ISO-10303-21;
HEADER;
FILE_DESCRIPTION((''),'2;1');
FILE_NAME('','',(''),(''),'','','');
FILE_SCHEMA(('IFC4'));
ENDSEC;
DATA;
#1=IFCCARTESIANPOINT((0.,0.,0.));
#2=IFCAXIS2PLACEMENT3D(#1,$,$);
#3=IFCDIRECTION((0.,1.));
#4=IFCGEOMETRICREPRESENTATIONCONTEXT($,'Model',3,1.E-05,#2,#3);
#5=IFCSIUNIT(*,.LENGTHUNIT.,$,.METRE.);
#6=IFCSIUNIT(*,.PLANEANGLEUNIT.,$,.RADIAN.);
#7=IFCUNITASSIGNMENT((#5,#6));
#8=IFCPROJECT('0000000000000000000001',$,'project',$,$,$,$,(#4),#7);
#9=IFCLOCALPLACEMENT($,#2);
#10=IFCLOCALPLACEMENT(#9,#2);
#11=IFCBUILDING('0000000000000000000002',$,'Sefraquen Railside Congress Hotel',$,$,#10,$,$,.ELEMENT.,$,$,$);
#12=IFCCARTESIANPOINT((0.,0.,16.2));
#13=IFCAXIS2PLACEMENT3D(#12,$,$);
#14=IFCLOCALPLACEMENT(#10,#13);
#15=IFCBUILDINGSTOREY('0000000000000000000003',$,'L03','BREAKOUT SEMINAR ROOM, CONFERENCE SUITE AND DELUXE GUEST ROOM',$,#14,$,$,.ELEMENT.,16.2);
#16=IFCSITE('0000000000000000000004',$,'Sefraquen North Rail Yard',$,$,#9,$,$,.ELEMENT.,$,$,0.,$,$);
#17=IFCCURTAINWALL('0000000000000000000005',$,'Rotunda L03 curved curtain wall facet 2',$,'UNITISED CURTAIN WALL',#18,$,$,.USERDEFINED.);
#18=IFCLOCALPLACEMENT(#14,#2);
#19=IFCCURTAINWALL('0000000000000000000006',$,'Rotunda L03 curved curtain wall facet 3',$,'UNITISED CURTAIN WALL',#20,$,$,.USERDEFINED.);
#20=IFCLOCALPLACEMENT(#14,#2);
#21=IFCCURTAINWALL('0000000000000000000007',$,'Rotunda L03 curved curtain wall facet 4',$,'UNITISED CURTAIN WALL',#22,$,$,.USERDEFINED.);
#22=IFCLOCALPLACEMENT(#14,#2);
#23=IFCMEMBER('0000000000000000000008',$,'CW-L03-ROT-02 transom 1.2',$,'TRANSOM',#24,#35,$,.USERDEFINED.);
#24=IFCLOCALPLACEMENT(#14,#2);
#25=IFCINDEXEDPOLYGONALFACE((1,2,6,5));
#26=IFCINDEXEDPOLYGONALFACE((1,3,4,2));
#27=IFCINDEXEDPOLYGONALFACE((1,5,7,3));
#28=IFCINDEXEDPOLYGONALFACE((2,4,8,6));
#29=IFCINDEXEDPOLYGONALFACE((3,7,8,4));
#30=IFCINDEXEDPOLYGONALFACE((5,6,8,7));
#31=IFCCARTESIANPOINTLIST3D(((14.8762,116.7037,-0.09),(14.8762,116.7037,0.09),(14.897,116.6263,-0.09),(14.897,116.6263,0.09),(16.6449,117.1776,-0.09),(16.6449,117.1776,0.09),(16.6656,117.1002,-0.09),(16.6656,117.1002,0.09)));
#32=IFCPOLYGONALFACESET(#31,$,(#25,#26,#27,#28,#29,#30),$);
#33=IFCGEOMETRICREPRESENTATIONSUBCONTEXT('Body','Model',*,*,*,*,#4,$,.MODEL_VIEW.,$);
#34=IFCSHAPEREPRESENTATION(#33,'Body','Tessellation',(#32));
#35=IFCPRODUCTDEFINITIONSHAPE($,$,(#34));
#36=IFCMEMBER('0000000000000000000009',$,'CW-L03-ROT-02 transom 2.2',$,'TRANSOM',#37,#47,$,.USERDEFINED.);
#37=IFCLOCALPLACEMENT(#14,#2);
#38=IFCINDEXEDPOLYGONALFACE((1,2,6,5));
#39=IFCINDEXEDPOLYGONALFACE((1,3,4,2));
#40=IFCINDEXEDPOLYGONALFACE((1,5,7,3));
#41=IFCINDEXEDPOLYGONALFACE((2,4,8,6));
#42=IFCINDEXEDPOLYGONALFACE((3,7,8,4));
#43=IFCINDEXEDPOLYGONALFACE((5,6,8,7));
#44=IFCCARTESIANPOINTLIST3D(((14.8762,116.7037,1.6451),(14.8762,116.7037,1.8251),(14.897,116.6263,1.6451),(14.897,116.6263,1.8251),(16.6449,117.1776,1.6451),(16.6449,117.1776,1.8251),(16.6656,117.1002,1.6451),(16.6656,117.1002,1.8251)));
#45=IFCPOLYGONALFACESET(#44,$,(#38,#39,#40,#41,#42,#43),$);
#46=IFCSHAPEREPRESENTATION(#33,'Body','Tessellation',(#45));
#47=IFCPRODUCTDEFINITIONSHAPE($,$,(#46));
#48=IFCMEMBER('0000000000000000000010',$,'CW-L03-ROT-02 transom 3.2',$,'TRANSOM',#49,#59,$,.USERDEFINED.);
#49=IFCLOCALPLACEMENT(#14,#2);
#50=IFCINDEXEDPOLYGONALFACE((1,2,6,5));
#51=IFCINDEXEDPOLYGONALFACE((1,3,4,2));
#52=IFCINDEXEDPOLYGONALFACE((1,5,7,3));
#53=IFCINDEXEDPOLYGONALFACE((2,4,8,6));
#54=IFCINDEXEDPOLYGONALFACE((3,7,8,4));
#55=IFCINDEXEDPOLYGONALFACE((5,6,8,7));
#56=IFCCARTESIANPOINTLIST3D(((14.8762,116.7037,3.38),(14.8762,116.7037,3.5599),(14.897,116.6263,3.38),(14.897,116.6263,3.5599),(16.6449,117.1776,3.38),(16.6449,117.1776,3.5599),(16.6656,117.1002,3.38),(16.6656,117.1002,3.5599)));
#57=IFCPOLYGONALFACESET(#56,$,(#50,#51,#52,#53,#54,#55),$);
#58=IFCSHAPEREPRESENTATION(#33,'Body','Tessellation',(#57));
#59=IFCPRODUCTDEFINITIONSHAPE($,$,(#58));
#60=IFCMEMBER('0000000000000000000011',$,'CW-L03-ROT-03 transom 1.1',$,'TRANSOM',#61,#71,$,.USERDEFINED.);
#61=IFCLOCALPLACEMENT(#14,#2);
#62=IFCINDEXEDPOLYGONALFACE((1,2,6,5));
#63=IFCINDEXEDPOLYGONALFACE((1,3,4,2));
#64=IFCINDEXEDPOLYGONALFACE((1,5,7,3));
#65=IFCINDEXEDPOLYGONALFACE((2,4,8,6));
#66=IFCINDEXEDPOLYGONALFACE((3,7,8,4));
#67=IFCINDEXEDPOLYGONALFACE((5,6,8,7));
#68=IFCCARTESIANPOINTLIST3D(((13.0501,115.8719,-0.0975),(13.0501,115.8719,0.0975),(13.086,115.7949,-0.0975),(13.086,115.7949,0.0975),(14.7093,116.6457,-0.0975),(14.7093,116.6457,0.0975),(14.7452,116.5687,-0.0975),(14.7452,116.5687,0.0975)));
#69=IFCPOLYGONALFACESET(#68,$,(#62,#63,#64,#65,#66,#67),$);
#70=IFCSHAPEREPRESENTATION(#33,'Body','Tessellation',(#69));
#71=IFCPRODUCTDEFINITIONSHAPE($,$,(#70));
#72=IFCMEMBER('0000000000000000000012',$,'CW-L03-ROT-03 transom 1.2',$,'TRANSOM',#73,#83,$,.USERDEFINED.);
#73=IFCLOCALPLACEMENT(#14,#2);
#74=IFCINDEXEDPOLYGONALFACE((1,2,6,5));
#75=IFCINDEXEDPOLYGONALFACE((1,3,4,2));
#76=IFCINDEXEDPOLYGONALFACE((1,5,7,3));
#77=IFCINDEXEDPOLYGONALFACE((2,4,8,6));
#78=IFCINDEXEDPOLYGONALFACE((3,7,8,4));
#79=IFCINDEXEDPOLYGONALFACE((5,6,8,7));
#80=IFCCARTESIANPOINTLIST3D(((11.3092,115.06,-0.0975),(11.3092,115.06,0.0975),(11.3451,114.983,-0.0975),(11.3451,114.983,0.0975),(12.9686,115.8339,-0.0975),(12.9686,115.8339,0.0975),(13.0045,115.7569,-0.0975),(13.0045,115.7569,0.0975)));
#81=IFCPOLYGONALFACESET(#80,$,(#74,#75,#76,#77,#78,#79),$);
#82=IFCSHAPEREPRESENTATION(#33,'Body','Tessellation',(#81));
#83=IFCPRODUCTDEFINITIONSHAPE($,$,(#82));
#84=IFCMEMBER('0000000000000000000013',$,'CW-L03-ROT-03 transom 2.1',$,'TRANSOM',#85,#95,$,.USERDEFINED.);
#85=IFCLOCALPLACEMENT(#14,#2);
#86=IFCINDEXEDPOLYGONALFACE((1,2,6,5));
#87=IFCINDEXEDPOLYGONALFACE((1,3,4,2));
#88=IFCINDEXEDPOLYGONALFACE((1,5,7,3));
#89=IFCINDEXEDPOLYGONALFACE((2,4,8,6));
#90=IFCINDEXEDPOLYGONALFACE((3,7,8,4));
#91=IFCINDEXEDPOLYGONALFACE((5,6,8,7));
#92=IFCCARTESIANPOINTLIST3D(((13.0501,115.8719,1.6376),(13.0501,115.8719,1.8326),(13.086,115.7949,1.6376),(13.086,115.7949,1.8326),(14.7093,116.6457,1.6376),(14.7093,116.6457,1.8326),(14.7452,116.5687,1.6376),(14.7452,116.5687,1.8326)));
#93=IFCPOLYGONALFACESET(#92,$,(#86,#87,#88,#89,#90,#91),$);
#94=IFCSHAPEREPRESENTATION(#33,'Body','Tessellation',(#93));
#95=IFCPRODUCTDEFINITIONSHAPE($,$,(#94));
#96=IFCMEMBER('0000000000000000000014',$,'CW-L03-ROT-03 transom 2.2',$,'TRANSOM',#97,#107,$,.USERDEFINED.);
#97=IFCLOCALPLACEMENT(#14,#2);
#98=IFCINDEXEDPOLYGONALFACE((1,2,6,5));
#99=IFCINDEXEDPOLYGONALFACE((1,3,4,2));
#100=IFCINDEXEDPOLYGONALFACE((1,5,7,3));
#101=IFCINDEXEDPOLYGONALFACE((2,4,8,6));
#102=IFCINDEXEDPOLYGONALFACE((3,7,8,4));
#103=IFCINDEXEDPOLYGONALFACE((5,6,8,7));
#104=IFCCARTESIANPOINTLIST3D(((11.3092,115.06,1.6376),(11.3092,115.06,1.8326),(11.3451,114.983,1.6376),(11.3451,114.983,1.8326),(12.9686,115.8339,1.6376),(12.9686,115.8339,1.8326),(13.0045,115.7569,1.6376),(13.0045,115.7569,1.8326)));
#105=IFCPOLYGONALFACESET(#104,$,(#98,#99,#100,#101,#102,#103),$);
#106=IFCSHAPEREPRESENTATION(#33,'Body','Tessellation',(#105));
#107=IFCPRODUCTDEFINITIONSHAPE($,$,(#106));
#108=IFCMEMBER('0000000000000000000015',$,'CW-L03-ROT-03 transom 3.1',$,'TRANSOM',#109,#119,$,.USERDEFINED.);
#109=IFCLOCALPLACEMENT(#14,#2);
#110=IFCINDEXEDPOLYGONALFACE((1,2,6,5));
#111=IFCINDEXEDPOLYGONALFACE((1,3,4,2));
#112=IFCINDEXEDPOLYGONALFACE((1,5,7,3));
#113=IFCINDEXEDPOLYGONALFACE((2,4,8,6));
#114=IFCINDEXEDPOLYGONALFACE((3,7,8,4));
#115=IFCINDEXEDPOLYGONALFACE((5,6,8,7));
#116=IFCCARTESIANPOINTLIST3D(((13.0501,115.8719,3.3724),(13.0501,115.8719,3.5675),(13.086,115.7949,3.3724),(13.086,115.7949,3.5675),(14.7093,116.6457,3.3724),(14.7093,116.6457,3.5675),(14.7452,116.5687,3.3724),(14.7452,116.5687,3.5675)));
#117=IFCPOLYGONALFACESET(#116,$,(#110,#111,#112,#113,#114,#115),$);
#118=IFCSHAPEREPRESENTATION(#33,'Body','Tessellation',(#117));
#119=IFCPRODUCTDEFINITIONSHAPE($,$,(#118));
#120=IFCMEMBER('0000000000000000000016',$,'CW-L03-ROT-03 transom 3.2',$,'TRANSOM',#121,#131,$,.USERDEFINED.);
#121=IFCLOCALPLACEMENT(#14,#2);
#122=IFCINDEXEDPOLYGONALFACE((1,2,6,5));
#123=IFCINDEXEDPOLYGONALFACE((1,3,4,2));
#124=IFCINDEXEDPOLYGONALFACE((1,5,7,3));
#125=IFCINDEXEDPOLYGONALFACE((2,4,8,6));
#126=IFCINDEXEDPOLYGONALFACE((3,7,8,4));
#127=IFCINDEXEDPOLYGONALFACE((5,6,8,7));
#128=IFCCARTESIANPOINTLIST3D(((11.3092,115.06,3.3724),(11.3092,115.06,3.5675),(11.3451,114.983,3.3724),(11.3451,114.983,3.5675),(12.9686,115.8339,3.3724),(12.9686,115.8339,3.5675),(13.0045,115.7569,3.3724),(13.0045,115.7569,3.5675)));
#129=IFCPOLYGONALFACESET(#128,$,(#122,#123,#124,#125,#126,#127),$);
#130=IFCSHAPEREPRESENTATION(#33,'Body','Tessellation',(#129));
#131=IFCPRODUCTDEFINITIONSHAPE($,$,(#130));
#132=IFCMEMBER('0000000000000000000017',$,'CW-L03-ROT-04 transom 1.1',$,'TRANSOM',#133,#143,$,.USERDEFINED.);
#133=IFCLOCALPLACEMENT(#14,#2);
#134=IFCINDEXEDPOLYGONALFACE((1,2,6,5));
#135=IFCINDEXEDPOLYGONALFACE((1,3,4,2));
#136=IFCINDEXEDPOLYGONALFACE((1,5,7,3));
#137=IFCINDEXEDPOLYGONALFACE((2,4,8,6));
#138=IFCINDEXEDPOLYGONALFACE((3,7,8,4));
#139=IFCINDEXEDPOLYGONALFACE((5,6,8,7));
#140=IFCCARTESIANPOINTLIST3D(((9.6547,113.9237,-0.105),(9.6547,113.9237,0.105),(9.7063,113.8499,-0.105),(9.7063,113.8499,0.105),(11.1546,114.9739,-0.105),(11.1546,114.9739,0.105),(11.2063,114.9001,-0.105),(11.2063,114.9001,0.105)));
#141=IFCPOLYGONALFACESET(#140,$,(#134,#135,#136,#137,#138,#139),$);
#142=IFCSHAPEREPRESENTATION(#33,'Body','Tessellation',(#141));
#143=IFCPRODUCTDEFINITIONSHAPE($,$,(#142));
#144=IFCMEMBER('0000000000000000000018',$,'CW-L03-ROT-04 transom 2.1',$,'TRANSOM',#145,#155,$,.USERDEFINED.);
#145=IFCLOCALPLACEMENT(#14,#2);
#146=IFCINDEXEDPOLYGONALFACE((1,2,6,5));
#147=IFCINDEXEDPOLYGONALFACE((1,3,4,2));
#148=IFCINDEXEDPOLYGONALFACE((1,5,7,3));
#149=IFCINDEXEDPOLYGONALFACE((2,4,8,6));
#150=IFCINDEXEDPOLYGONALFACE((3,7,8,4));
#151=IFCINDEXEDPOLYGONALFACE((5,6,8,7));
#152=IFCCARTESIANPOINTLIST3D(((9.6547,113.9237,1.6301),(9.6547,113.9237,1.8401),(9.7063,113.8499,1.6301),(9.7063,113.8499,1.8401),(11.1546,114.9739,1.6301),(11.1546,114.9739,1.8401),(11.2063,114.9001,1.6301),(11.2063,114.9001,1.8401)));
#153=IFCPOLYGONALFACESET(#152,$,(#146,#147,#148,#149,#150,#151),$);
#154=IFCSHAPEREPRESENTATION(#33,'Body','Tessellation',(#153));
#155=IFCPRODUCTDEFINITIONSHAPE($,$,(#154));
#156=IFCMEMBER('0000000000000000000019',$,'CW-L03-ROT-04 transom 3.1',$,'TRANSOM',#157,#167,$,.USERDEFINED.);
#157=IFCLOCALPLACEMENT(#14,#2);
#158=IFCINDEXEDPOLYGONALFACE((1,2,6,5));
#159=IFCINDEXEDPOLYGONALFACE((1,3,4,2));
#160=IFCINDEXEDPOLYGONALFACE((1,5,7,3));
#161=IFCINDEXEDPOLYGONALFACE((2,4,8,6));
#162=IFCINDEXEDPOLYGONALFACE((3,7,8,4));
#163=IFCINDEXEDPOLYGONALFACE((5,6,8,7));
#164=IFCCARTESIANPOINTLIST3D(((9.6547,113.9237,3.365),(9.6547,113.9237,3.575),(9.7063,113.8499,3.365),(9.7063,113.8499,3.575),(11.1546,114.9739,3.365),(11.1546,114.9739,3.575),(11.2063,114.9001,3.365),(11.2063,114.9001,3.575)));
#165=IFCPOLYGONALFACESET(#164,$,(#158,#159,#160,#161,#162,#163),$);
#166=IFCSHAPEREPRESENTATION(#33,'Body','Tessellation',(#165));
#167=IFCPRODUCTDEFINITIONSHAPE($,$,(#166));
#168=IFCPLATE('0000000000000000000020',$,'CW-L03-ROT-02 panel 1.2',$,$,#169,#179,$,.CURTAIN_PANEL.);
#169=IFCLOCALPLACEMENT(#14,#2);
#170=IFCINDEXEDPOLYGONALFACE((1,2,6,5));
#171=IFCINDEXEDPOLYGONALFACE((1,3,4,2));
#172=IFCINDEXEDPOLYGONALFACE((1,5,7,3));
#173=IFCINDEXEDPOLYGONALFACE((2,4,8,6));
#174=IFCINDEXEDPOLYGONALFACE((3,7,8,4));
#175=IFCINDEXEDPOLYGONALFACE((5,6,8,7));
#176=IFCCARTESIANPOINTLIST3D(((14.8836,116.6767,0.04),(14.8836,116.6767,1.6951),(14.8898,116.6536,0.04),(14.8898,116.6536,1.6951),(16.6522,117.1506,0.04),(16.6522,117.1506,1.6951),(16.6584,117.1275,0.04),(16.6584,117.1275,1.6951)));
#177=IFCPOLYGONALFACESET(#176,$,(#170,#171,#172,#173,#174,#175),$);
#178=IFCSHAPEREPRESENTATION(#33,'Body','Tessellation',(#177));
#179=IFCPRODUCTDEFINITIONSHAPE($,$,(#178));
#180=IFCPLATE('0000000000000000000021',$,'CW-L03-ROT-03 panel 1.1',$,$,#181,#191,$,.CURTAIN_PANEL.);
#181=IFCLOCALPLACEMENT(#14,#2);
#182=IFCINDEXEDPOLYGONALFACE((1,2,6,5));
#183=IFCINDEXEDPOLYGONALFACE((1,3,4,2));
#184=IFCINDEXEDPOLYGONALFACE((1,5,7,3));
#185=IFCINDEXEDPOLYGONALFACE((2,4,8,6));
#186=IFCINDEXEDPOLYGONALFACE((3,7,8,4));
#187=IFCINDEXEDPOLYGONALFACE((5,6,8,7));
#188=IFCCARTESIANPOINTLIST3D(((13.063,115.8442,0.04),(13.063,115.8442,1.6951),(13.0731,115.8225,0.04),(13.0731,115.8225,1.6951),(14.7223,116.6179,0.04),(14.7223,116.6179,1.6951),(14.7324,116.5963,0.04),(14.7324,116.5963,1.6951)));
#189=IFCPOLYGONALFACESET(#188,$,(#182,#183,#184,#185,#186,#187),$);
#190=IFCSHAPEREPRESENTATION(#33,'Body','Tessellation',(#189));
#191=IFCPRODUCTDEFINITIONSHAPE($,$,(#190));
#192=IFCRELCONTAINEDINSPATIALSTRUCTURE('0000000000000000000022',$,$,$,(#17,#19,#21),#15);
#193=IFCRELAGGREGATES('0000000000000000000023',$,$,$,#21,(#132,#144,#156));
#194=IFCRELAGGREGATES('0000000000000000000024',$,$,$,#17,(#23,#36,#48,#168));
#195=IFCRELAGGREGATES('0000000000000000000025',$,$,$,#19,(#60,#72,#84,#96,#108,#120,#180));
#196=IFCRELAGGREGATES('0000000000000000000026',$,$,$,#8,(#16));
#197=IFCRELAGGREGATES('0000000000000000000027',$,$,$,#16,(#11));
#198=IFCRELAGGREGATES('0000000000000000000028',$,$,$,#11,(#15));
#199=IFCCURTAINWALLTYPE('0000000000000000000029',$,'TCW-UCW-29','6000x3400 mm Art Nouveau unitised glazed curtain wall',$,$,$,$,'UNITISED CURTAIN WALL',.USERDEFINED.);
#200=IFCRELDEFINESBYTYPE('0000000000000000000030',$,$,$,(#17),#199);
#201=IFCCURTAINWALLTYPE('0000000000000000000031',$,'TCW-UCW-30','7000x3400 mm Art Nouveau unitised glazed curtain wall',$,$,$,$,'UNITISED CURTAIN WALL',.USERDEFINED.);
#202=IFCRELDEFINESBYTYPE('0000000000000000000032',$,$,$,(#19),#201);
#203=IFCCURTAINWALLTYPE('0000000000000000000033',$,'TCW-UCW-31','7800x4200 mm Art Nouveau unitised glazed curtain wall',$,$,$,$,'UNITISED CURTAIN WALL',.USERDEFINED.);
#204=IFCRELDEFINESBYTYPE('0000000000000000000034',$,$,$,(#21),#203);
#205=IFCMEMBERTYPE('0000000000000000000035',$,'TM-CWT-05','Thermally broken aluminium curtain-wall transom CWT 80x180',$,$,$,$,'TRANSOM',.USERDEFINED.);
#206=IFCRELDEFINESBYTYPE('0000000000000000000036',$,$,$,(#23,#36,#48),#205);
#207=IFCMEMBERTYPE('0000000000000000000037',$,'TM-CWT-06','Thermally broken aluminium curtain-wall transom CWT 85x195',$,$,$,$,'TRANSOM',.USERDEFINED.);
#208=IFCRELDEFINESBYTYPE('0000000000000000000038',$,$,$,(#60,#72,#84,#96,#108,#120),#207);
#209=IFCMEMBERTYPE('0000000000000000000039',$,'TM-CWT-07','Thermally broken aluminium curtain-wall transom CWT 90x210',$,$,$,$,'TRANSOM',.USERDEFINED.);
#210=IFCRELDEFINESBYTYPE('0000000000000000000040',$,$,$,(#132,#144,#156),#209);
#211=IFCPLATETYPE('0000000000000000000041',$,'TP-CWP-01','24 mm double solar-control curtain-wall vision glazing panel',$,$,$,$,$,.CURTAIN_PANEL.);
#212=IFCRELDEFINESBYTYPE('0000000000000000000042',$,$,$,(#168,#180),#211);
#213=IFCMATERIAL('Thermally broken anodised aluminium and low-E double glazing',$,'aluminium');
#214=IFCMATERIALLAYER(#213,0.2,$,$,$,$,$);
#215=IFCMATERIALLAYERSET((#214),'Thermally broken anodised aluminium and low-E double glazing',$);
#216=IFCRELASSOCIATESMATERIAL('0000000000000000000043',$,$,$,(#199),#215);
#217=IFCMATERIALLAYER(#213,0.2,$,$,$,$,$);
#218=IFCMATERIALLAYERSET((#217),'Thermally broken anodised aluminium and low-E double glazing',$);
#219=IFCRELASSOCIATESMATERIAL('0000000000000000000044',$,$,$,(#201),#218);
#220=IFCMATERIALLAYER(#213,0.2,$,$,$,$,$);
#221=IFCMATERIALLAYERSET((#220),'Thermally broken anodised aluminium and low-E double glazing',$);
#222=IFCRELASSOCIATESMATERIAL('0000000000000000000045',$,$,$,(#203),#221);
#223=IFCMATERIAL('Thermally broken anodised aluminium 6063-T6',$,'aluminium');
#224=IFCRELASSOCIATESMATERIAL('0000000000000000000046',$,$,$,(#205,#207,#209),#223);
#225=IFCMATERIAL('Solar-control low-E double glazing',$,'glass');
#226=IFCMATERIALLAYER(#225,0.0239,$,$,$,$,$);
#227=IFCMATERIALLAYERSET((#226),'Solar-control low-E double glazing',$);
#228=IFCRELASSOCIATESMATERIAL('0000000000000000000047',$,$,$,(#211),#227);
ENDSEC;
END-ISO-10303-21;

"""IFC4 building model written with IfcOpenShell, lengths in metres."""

from ifc_helpers import new_model, si_unit, direction, frame, origin, origin_2d, place, context, subcontext, project, spatial, rectangle, extrude, material, layer, layer_set, material_profile, profile_set, type_object, element, aggregate, save


model = new_model("IFC4")

# Units and contexts
model_context = context("Model", 3, precision=1e-05, world=origin(), true_north=direction((0.0, 1.0)))
body_context = subcontext(model_context, "Body", "Model", "MODEL_VIEW")
ifc_project = project(units=[si_unit("LENGTHUNIT", "METRE"), si_unit("PLANEANGLEUNIT", "RADIAN")], contexts=[model_context])

# Site, building, storey
site_placement = place(None, origin())
site = spatial("IfcSite", under=ifc_project, at=site_placement, Name="Sefraquen North Rail Yard", CompositionType="ELEMENT", RefElevation=0.0)
building_placement = place(site_placement, origin())
building = spatial("IfcBuilding", under=site, at=building_placement, Name="Sefraquen Railside Congress Hotel", CompositionType="ELEMENT")
storey_placement = place(building_placement, frame((0.0, 0.0, 16.2)))
storey = spatial("IfcBuildingStorey", under=building, at=storey_placement, Name="L03", Description="BREAKOUT SEMINAR ROOM, CONFERENCE SUITE AND DELUXE GUEST ROOM", CompositionType="ELEMENT", Elevation=16.2)

# Curtain walls
ifc_material_1 = material(Name="Thermally broken anodised aluminium and low-E double glazing", Category="aluminium")
ifc_layer_1 = layer(ifc_material_1, 0.2)
ifc_layer_set_1 = layer_set([ifc_layer_1], Name="Thermally broken anodised aluminium and low-E double glazing")
curtain_wall_type_1 = type_object("IfcCurtainWallType", Name="TCW-UCW-29", Description="6000x3400 mm Art Nouveau unitised glazed curtain wall", ElementType="UNITISED CURTAIN WALL", PredefinedType="USERDEFINED", material=ifc_layer_set_1)
curtain_wall_1_placement = place(storey_placement, origin())
curtain_wall_1 = element("IfcCurtainWall", 1, at=curtain_wall_1_placement, inside=storey, type_object=curtain_wall_type_1, Name="Rotunda L03 curved curtain wall facet 2", ObjectType="UNITISED CURTAIN WALL", PredefinedType="USERDEFINED")
ifc_material_2 = material(Name="Thermally broken anodised aluminium 6063-T6", Category="aluminium")
ifc_layer_2 = layer(ifc_material_1, 0.2)
ifc_layer_set_2 = layer_set([ifc_layer_2], Name="Thermally broken anodised aluminium and low-E double glazing")
curtain_wall_type_2 = type_object("IfcCurtainWallType", Name="TCW-UCW-30", Description="7000x3400 mm Art Nouveau unitised glazed curtain wall", ElementType="UNITISED CURTAIN WALL", PredefinedType="USERDEFINED", material=ifc_layer_set_2)
curtain_wall_2_placement = place(storey_placement, origin())
curtain_wall_2 = element("IfcCurtainWall", 2, at=curtain_wall_2_placement, inside=storey, type_object=curtain_wall_type_2, Name="Rotunda L03 curved curtain wall facet 3", ObjectType="UNITISED CURTAIN WALL", PredefinedType="USERDEFINED")

# Curtain wall
ifc_layer_3 = layer(ifc_material_1, 0.2)
ifc_layer_set_3 = layer_set([ifc_layer_3], Name="Thermally broken anodised aluminium and low-E double glazing")
curtain_wall_type_3 = type_object("IfcCurtainWallType", Name="TCW-UCW-31", Description="7800x4200 mm Art Nouveau unitised glazed curtain wall", ElementType="UNITISED CURTAIN WALL", PredefinedType="USERDEFINED", material=ifc_layer_set_3)
curtain_wall_3_placement = place(storey_placement, origin())
curtain_wall_3 = element("IfcCurtainWall", 3, at=curtain_wall_3_placement, inside=storey, type_object=curtain_wall_type_3, Name="Rotunda L03 curved curtain wall facet 4", ObjectType="UNITISED CURTAIN WALL", PredefinedType="USERDEFINED")

# Members
ifc_material_profile_1 = material_profile(ifc_material_2, rectangle(XDim=0.0801, YDim=0.1799, at=origin_2d()), Name="CWT 80x180")
ifc_profile_set_1 = profile_set([ifc_material_profile_1], Name="Thermally broken anodised aluminium 6063-T6")
member_type_1 = type_object("IfcMemberType", Name="TM-CWT-05", Description="Thermally broken aluminium curtain-wall transom CWT 80x180", ElementType="TRANSOM", PredefinedType="USERDEFINED", material=ifc_profile_set_1)
member_1_placement = place(storey_placement, frame((16.6553, 117.1389, 0.0), z_axis=(-0.965927, -0.258816, 0.0), x_axis=(0.258816, -0.965927, 0.0)))
member_1 = element("IfcMember", 4, at=member_1_placement, type_object=member_type_1, Name="CW-L03-ROT-02 transom 1.2", ObjectType="TRANSOM", PredefinedType="USERDEFINED", context=body_context, shape_type="SweptSolid", body=[
    extrude(rectangle(XDim=0.0801, YDim=0.1799, at=origin_2d()), origin(), (0.0, 0.0, 1.0), 1.8311),
])
member_2_placement = place(storey_placement, frame((16.6553, 117.1389, 1.7351), z_axis=(-0.965927, -0.258816, 0.0), x_axis=(0.258816, -0.965927, 0.0)))
member_2 = element("IfcMember", 5, at=member_2_placement, type_object=member_type_1, Name="CW-L03-ROT-02 transom 2.2", ObjectType="TRANSOM", PredefinedType="USERDEFINED", context=body_context, shape_type="SweptSolid", body=[
    extrude(rectangle(XDim=0.0801, YDim=0.1799, at=origin_2d()), origin(), (0.0, 0.0, 1.0), 1.8311),
])
member_3_placement = place(storey_placement, frame((16.6553, 117.1389, 3.47), z_axis=(-0.965927, -0.258816, 0.0), x_axis=(0.258816, -0.965927, 0.0)))
member_3 = element("IfcMember", 6, at=member_3_placement, type_object=member_type_1, Name="CW-L03-ROT-02 transom 3.2", ObjectType="TRANSOM", PredefinedType="USERDEFINED", context=body_context, shape_type="SweptSolid", body=[
    extrude(rectangle(XDim=0.0801, YDim=0.1799, at=origin_2d()), origin(), (0.0, 0.0, 1.0), 1.8311),
])
ifc_material_profile_2 = material_profile(ifc_material_2, rectangle(XDim=0.085, YDim=0.1951, at=origin_2d()), Name="CWT 85x195")
ifc_profile_set_2 = profile_set([ifc_material_profile_2], Name="Thermally broken anodised aluminium 6063-T6")
member_type_2 = type_object("IfcMemberType", Name="TM-CWT-06", Description="Thermally broken aluminium curtain-wall transom CWT 85x195", ElementType="TRANSOM", PredefinedType="USERDEFINED", material=ifc_profile_set_2)
member_4_placement = place(storey_placement, frame((14.7273, 116.6072, 0.0), z_axis=(-0.906309, -0.422615, 0.0), x_axis=(0.422615, -0.906309, 0.0)))
member_4 = element("IfcMember", 7, at=member_4_placement, type_object=member_type_2, Name="CW-L03-ROT-03 transom 1.1", ObjectType="TRANSOM", PredefinedType="USERDEFINED", context=body_context, shape_type="SweptSolid", body=[
    extrude(rectangle(XDim=0.085, YDim=0.1951, at=origin_2d()), origin(), (0.0, 0.0, 1.0), 1.8308),
])
member_5_placement = place(storey_placement, frame((12.9866, 115.7954, 0.0), z_axis=(-0.906282, -0.422674, 0.0), x_axis=(0.422674, -0.906282, 0.0)))
member_5 = element("IfcMember", 8, at=member_5_placement, type_object=member_type_2, Name="CW-L03-ROT-03 transom 1.2", ObjectType="TRANSOM", PredefinedType="USERDEFINED", context=body_context, shape_type="SweptSolid", body=[
    extrude(rectangle(XDim=0.085, YDim=0.1951, at=origin_2d()), origin(), (0.0, 0.0, 1.0), 1.8311),
])
member_6_placement = place(storey_placement, frame((14.7273, 116.6072, 1.7351), z_axis=(-0.906309, -0.422615, 0.0), x_axis=(0.422615, -0.906309, 0.0)))
member_6 = element("IfcMember", 9, at=member_6_placement, type_object=member_type_2, Name="CW-L03-ROT-03 transom 2.1", ObjectType="TRANSOM", PredefinedType="USERDEFINED", context=body_context, shape_type="SweptSolid", body=[
    extrude(rectangle(XDim=0.085, YDim=0.1951, at=origin_2d()), origin(), (0.0, 0.0, 1.0), 1.8308),
])
member_7_placement = place(storey_placement, frame((12.9866, 115.7954, 1.7351), z_axis=(-0.906282, -0.422674, 0.0), x_axis=(0.422674, -0.906282, 0.0)))
member_7 = element("IfcMember", 10, at=member_7_placement, type_object=member_type_2, Name="CW-L03-ROT-03 transom 2.2", ObjectType="TRANSOM", PredefinedType="USERDEFINED", context=body_context, shape_type="SweptSolid", body=[
    extrude(rectangle(XDim=0.085, YDim=0.1951, at=origin_2d()), origin(), (0.0, 0.0, 1.0), 1.8311),
])
member_8_placement = place(storey_placement, frame((14.7273, 116.6072, 3.47), z_axis=(-0.906309, -0.422615, 0.0), x_axis=(0.422615, -0.906309, 0.0)))
member_8 = element("IfcMember", 11, at=member_8_placement, type_object=member_type_2, Name="CW-L03-ROT-03 transom 3.1", ObjectType="TRANSOM", PredefinedType="USERDEFINED", context=body_context, shape_type="SweptSolid", body=[
    extrude(rectangle(XDim=0.085, YDim=0.1951, at=origin_2d()), origin(), (0.0, 0.0, 1.0), 1.8308),
])
member_9_placement = place(storey_placement, frame((12.9866, 115.7954, 3.47), z_axis=(-0.906282, -0.422674, 0.0), x_axis=(0.422674, -0.906282, 0.0)))
member_9 = element("IfcMember", 12, at=member_9_placement, type_object=member_type_2, Name="CW-L03-ROT-03 transom 3.2", ObjectType="TRANSOM", PredefinedType="USERDEFINED", context=body_context, shape_type="SweptSolid", body=[
    extrude(rectangle(XDim=0.085, YDim=0.1951, at=origin_2d()), origin(), (0.0, 0.0, 1.0), 1.8311),
])
ifc_material_profile_3 = material_profile(ifc_material_2, rectangle(XDim=0.0901, YDim=0.21, at=origin_2d()), Name="CWT 90x210")
ifc_profile_set_3 = profile_set([ifc_material_profile_3], Name="Thermally broken anodised aluminium 6063-T6")
member_type_3 = type_object("IfcMemberType", Name="TM-CWT-07", Description="Thermally broken aluminium curtain-wall transom CWT 90x210", ElementType="TRANSOM", PredefinedType="USERDEFINED", material=ifc_profile_set_3)
member_10_placement = place(storey_placement, frame((11.1804, 114.937, 0.0), z_axis=(-0.819157, -0.57357, 0.0), x_axis=(0.57357, -0.819157, 0.0)))
member_10 = element("IfcMember", 13, at=member_10_placement, type_object=member_type_3, Name="CW-L03-ROT-04 transom 1.1", ObjectType="TRANSOM", PredefinedType="USERDEFINED", context=body_context, shape_type="SweptSolid", body=[
    extrude(rectangle(XDim=0.0901, YDim=0.21, at=origin_2d()), origin(), (0.0, 0.0, 1.0), 1.8311),
])
member_11_placement = place(storey_placement, frame((11.1804, 114.937, 1.7351), z_axis=(-0.819157, -0.57357, 0.0), x_axis=(0.57357, -0.819157, 0.0)))
member_11 = element("IfcMember", 14, at=member_11_placement, type_object=member_type_3, Name="CW-L03-ROT-04 transom 2.1", ObjectType="TRANSOM", PredefinedType="USERDEFINED", context=body_context, shape_type="SweptSolid", body=[
    extrude(rectangle(XDim=0.0901, YDim=0.21, at=origin_2d()), origin(), (0.0, 0.0, 1.0), 1.8311),
])
member_12_placement = place(storey_placement, frame((11.1804, 114.937, 3.47), z_axis=(-0.819157, -0.57357, 0.0), x_axis=(0.57357, -0.819157, 0.0)))
member_12 = element("IfcMember", 15, at=member_12_placement, type_object=member_type_3, Name="CW-L03-ROT-04 transom 3.1", ObjectType="TRANSOM", PredefinedType="USERDEFINED", context=body_context, shape_type="SweptSolid", body=[
    extrude(rectangle(XDim=0.0901, YDim=0.21, at=origin_2d()), origin(), (0.0, 0.0, 1.0), 1.8311),
])
aggregate(curtain_wall_3, [member_10, member_11, member_12])

# Plates
ifc_material_3 = material(Name="Solar-control low-E double glazing", Category="glass")
ifc_layer_4 = layer(ifc_material_3, 0.0239)
ifc_layer_set_4 = layer_set([ifc_layer_4], Name="Solar-control low-E double glazing")
plate_type_1 = type_object("IfcPlateType", Name="TP-CWP-01", Description="24 mm double solar-control curtain-wall vision glazing panel", PredefinedType="CURTAIN_PANEL", material=ifc_layer_set_4)
plate_1_placement = place(storey_placement, frame((15.771, 116.9021, 0.04), z_axis=(0.0, 0.0, 1.0), x_axis=(-0.965935, -0.258785, 0.0)))
plate_1 = element("IfcPlate", 16, at=plate_1_placement, type_object=plate_type_1, Name="CW-L03-ROT-02 panel 1.2", PredefinedType="CURTAIN_PANEL", context=body_context, shape_type="SweptSolid", body=[
    extrude(rectangle(XDim=1.8311, YDim=0.0239, at=origin_2d()), origin(), (0.0, 0.0, 1.0), 1.655),
])
plate_2_placement = place(storey_placement, frame((13.8977, 116.2202, 0.04), z_axis=(0.0, 0.0, 1.0), x_axis=(-0.9063, -0.422634, 0.0)))
plate_2 = element("IfcPlate", 17, at=plate_2_placement, type_object=plate_type_1, Name="CW-L03-ROT-03 panel 1.1", PredefinedType="CURTAIN_PANEL", context=body_context, shape_type="SweptSolid", body=[
    extrude(rectangle(XDim=1.8308, YDim=0.0239, at=origin_2d()), origin(), (0.0, 0.0, 1.0), 1.655),
])
aggregate(curtain_wall_1, [member_1, member_2, member_3, plate_1])
aggregate(curtain_wall_2, [member_4, member_5, member_6, member_7, member_8, member_9, plate_2])

save(model, "model.ifc")
